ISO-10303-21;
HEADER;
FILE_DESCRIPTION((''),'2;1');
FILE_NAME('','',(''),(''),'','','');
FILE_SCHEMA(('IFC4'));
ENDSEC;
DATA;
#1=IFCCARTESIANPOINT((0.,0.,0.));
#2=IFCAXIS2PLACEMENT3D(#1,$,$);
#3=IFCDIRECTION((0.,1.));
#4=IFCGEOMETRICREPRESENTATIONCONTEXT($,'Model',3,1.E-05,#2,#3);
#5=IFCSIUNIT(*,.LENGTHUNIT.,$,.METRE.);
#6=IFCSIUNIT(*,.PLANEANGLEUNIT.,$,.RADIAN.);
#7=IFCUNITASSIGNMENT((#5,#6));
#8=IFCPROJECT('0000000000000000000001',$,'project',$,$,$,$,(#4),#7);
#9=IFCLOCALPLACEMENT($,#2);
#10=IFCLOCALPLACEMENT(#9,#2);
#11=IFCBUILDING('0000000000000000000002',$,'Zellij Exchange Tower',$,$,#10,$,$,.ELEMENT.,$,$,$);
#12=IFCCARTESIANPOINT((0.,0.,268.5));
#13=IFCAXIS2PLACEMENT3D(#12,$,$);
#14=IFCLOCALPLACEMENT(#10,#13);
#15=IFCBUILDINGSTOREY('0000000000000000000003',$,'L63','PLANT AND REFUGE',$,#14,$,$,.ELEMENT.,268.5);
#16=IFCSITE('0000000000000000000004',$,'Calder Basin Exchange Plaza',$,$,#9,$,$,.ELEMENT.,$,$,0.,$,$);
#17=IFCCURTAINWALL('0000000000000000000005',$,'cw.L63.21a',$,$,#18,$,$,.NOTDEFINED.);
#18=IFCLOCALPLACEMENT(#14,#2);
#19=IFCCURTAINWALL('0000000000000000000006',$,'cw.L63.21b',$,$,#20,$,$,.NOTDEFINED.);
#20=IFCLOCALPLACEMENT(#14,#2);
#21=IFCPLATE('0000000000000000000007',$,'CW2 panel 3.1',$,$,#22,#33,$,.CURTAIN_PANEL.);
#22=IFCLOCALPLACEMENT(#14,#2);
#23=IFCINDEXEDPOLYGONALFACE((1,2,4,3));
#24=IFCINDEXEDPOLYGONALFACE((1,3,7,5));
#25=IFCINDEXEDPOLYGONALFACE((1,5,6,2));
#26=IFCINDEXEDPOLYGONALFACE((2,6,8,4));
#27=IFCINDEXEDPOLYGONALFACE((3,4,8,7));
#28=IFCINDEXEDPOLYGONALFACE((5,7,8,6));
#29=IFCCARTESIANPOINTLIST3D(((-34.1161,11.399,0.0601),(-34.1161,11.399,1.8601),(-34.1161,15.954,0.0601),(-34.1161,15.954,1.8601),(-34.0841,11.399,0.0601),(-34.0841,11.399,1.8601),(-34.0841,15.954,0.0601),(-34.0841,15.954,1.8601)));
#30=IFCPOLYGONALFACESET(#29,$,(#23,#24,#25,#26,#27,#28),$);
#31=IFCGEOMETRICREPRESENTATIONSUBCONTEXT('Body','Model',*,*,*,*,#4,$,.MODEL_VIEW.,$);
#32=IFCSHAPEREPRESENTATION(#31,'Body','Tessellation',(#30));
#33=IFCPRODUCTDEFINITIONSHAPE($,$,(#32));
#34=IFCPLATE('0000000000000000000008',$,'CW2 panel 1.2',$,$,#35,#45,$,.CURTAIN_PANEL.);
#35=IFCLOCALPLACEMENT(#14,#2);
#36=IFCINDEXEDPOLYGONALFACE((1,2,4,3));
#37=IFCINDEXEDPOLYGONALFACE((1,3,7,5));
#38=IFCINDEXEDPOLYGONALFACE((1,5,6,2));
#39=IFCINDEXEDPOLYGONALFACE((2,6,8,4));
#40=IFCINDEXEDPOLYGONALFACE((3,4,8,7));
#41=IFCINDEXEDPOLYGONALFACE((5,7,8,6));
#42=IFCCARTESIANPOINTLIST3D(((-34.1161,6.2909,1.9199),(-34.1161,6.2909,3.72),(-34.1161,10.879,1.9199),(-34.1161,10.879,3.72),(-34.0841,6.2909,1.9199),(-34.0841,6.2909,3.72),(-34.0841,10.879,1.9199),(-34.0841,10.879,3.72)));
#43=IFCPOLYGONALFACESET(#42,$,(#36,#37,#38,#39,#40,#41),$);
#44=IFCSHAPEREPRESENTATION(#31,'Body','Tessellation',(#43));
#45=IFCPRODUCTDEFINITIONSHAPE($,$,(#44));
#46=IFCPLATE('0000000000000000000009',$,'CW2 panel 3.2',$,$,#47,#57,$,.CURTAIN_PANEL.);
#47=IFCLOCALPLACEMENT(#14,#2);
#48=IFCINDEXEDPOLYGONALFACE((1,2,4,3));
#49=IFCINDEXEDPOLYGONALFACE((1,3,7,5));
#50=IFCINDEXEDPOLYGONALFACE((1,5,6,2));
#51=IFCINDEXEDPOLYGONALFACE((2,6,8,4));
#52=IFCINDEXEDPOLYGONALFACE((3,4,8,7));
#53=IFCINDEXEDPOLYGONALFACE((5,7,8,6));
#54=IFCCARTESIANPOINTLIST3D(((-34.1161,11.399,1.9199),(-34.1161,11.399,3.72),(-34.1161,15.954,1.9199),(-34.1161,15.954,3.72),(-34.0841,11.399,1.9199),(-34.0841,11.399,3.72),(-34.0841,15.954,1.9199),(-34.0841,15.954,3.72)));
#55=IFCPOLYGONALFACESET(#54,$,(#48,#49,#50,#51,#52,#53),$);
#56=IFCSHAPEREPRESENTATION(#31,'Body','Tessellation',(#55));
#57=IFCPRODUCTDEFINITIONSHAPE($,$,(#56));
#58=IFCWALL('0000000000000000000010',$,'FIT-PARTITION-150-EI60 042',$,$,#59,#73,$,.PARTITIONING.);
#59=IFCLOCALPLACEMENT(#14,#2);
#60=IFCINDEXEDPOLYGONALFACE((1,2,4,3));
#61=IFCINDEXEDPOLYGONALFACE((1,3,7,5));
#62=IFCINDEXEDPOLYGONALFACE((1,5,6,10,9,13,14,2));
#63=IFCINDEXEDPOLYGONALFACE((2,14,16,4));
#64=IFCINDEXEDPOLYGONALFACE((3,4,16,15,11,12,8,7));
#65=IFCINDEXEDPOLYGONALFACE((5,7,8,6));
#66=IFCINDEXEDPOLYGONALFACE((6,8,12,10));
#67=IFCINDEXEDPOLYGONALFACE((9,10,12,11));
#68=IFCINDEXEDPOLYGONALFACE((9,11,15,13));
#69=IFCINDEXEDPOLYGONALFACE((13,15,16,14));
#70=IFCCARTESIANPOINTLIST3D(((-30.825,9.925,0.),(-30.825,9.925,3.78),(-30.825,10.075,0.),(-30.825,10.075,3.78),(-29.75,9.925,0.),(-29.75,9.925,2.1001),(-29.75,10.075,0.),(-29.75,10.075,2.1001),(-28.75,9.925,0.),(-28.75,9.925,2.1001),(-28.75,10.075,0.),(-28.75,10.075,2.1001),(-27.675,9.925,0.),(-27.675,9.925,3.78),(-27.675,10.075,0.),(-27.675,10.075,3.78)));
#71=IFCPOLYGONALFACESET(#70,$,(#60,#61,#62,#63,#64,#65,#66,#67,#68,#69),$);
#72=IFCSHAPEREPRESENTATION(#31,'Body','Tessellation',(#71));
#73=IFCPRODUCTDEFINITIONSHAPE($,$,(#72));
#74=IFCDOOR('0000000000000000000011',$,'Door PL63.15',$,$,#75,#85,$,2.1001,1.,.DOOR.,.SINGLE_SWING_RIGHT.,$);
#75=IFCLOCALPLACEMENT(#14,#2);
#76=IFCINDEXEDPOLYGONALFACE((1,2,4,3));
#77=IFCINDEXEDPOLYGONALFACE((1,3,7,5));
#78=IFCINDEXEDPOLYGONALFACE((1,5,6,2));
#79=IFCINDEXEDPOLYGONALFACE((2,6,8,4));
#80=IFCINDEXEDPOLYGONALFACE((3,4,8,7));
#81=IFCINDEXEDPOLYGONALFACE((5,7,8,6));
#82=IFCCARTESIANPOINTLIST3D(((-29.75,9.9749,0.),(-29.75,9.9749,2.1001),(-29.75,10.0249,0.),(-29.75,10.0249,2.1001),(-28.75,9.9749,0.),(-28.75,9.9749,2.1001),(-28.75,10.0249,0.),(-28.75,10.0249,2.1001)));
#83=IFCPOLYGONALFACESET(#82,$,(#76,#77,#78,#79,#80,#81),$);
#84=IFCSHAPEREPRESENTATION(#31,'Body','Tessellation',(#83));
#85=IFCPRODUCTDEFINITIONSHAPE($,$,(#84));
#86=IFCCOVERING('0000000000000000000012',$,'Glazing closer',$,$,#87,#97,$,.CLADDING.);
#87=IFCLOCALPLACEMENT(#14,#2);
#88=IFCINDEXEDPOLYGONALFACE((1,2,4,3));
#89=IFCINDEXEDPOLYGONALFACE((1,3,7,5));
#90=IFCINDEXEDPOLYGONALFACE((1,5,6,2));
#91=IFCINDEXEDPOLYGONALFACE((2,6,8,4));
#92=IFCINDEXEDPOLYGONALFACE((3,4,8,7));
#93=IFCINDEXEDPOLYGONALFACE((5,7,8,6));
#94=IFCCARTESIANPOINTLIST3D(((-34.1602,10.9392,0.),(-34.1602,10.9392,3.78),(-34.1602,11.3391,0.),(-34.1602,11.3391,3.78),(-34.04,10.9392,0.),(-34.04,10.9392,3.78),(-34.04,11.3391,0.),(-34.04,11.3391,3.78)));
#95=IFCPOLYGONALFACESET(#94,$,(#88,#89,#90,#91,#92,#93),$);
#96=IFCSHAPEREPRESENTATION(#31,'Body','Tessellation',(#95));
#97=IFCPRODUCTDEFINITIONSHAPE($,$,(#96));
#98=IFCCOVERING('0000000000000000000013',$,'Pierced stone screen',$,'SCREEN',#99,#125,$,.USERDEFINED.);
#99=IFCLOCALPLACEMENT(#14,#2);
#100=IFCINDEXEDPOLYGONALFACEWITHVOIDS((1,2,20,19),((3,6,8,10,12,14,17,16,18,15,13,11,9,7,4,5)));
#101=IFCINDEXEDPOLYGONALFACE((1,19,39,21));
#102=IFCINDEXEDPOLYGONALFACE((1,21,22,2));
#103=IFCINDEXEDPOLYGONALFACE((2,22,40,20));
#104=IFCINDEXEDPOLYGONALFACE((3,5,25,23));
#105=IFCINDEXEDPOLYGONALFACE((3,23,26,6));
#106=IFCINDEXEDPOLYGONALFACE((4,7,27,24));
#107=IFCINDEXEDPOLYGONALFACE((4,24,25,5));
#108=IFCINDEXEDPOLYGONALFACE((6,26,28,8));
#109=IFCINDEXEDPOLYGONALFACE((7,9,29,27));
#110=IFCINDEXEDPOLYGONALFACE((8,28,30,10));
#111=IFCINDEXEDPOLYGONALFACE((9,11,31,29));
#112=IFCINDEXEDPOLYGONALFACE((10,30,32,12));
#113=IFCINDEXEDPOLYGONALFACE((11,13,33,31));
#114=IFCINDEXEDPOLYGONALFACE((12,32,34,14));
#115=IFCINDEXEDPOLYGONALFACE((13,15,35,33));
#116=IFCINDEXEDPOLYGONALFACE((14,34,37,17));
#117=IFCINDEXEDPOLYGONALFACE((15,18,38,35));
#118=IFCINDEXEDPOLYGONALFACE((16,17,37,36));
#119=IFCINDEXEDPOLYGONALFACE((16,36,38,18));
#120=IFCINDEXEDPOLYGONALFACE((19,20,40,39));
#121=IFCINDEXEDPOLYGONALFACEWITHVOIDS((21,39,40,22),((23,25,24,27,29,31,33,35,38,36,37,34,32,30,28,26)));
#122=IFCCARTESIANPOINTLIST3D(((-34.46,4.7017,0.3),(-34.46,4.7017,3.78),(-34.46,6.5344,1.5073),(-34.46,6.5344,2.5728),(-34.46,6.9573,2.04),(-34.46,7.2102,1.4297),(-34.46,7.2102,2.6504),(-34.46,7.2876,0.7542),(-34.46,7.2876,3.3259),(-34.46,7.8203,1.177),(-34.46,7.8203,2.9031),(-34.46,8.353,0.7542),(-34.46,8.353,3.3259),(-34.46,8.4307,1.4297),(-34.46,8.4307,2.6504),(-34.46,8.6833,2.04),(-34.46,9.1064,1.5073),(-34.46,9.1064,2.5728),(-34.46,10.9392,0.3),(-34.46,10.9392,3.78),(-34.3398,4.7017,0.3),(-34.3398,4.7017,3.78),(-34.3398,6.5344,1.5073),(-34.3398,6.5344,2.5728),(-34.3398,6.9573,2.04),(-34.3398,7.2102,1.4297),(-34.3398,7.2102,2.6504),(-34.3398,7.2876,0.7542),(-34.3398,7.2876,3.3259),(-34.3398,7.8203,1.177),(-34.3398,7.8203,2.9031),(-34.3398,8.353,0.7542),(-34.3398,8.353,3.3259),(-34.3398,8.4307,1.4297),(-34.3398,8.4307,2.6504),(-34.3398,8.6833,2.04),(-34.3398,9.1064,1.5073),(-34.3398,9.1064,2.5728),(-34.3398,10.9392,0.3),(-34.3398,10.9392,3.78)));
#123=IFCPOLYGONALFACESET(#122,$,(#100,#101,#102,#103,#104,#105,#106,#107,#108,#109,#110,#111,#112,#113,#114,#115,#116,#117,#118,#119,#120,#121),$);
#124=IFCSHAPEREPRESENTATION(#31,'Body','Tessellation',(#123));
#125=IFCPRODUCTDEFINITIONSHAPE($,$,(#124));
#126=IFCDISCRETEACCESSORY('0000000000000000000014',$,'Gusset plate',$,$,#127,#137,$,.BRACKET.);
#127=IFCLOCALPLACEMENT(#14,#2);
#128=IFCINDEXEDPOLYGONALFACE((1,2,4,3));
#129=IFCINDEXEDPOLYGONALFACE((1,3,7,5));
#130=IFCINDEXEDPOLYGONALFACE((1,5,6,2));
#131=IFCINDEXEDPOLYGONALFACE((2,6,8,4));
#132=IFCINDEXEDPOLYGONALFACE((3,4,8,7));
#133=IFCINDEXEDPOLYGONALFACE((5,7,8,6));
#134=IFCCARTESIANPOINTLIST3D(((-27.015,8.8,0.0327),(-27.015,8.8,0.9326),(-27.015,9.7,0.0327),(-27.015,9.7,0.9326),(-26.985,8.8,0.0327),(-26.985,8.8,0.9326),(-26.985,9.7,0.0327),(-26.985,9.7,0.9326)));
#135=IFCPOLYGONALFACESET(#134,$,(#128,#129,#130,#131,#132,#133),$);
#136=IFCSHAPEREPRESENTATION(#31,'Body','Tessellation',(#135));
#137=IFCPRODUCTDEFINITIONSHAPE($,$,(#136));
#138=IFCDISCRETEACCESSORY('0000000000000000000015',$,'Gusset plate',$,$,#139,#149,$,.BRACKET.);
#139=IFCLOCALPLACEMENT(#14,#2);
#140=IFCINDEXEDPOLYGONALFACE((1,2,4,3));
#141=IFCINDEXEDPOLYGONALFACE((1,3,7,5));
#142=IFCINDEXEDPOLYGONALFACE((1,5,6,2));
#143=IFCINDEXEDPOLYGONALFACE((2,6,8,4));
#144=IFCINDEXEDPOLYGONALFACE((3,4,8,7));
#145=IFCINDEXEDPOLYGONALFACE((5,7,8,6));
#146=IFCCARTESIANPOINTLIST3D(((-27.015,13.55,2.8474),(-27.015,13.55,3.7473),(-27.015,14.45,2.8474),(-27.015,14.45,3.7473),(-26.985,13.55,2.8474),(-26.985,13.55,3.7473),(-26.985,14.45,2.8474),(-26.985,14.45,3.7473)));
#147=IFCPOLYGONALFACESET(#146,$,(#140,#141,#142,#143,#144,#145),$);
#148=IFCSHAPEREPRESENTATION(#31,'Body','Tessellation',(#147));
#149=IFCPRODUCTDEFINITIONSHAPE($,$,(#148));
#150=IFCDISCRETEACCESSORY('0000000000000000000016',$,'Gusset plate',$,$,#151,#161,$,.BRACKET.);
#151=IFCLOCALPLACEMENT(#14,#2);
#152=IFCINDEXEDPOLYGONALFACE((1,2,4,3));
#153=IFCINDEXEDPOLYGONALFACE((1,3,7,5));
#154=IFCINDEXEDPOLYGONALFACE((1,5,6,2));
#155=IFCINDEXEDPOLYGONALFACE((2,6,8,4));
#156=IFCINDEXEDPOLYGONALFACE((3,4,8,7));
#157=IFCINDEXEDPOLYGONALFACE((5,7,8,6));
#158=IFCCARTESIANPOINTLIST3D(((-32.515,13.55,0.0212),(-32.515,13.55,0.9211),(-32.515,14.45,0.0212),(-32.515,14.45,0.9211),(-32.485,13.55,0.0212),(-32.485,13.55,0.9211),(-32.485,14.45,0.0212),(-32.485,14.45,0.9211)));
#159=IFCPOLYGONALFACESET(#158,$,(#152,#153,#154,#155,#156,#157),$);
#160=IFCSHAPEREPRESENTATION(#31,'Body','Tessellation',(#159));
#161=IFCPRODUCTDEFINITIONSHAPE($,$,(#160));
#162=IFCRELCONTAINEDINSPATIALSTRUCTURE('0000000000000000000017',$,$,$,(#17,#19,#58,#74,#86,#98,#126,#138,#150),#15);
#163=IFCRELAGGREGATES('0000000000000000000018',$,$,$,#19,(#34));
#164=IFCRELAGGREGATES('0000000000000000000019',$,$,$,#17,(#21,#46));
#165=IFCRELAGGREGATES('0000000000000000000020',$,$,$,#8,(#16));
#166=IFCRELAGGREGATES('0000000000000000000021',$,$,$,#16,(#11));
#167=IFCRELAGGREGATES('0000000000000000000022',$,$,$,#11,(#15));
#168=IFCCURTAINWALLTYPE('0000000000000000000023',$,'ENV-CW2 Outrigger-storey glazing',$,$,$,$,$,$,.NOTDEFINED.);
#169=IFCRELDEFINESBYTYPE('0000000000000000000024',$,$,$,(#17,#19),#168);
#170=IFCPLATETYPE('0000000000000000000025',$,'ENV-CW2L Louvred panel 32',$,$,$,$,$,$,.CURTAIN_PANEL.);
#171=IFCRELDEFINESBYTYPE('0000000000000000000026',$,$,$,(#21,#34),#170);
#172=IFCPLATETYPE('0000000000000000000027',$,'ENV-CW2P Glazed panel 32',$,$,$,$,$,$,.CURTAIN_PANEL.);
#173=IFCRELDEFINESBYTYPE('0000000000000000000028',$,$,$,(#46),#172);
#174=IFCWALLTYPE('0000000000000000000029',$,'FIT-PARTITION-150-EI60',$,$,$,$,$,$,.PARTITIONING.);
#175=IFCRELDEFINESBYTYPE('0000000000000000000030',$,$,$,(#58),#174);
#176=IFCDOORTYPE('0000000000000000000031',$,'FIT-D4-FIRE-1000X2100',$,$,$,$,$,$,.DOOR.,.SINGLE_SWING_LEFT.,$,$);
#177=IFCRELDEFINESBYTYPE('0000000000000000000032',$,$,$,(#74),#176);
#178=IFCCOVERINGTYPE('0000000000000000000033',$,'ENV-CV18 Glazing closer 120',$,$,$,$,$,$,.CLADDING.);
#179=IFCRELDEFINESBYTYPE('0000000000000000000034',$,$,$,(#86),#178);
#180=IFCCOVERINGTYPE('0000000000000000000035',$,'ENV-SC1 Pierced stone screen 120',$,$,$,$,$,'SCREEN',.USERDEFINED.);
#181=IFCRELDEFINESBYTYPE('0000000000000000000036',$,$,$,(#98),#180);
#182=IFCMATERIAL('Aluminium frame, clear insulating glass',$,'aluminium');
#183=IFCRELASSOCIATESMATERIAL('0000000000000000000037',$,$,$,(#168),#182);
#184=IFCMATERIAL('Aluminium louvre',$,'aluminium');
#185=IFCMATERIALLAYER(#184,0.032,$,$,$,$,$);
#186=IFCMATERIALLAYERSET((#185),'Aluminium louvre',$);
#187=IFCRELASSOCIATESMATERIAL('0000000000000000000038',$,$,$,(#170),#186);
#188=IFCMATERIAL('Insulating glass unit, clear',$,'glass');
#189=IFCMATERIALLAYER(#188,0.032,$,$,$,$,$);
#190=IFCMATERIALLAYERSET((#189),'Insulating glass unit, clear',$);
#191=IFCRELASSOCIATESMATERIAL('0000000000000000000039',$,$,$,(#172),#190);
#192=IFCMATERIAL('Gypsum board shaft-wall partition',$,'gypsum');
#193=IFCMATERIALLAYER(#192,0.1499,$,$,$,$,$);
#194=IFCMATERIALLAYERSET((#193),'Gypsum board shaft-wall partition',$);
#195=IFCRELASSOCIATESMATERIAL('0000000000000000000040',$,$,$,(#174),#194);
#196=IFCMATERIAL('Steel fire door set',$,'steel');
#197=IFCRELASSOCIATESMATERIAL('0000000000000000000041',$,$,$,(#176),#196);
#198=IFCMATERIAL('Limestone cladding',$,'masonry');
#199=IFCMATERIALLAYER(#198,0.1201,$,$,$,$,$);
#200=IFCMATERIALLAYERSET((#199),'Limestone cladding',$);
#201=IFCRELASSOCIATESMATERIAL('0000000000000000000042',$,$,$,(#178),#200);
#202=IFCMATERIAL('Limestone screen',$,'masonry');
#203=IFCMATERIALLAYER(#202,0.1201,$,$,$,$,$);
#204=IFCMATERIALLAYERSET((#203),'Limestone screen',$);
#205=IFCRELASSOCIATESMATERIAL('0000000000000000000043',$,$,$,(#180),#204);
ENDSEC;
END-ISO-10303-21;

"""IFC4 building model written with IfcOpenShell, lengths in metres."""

from ifc_helpers import new_model, si_unit, direction, frame, frame_2d, origin, origin_2d, place, context, subcontext, project, spatial, polyline, rectangle, outline, extrude, material, layer, layer_set, type_object, element, fill, aggregate, save


model = new_model("IFC4")

# Units and contexts
model_context = context("Model", 3, precision=1e-05, world=origin(), true_north=direction((0.0, 1.0)))
body_context = subcontext(model_context, "Body", "Model", "MODEL_VIEW")
ifc_project = project(units=[si_unit("LENGTHUNIT", "METRE"), si_unit("PLANEANGLEUNIT", "RADIAN")], contexts=[model_context])

# Site, building, storey
site_placement = place(None, origin())
site = spatial("IfcSite", under=ifc_project, at=site_placement, Name="Calder Basin Exchange Plaza", CompositionType="ELEMENT", RefElevation=0.0)
building_placement = place(site_placement, origin())
building = spatial("IfcBuilding", under=site, at=building_placement, Name="Zellij Exchange Tower", CompositionType="ELEMENT")
storey_placement = place(building_placement, frame((0.0, 0.0, 268.5)))
storey = spatial("IfcBuildingStorey", under=building, at=storey_placement, Name="L63", Description="PLANT AND REFUGE", CompositionType="ELEMENT", Elevation=268.5)

# Curtain wall
ifc_material_1 = material(Name="Aluminium frame, clear insulating glass", Category="aluminium")
curtain_wall_type = type_object("IfcCurtainWallType", Name="ENV-CW2 Outrigger-storey glazing", PredefinedType="NOTDEFINED", material=ifc_material_1)
curtain_wall_1_placement = place(storey_placement, origin())
curtain_wall_1 = element("IfcCurtainWall", 1, at=curtain_wall_1_placement, inside=storey, type_object=curtain_wall_type, Name="cw.L63.21a", PredefinedType="NOTDEFINED")

# Curtain wall
curtain_wall_2_placement = place(storey_placement, origin())
curtain_wall_2 = element("IfcCurtainWall", 2, at=curtain_wall_2_placement, inside=storey, type_object=curtain_wall_type, Name="cw.L63.21b", PredefinedType="NOTDEFINED")

# Plates
ifc_material_2 = material(Name="Aluminium louvre", Category="aluminium")
ifc_layer_1 = layer(ifc_material_2, 0.032)
ifc_layer_set_1 = layer_set([ifc_layer_1], Name="Aluminium louvre")
plate_type_1 = type_object("IfcPlateType", Name="ENV-CW2L Louvred panel 32", PredefinedType="CURTAIN_PANEL", material=ifc_layer_set_1)
plate_1_placement = place(storey_placement, frame((-34.1001, 13.6765, 0.0601), z_axis=(0.0, 0.0, 1.0), x_axis=(0.0, -1.0, 0.0)))
plate_1 = element("IfcPlate", 3, at=plate_1_placement, type_object=plate_type_1, Name="CW2 panel 3.1", PredefinedType="CURTAIN_PANEL", context=body_context, shape_type="SweptSolid", body=[
    extrude(rectangle(XDim=4.5549, YDim=0.032, at=origin_2d()), origin(), (0.0, 0.0, 1.0), 1.8),
])
plate_2_placement = place(storey_placement, frame((-34.1001, 8.585, 1.9199), z_axis=(0.0, 0.0, 1.0), x_axis=(0.0, -1.0, 0.0)))
plate_2 = element("IfcPlate", 4, at=plate_2_placement, type_object=plate_type_1, Name="CW2 panel 1.2", PredefinedType="CURTAIN_PANEL", context=body_context, shape_type="SweptSolid", body=[
    extrude(rectangle(XDim=4.5881, YDim=0.032, at=origin_2d()), origin(), (0.0, 0.0, 1.0), 1.8),
])
aggregate(curtain_wall_2, [plate_2])
ifc_material_3 = material(Name="Insulating glass unit, clear", Category="glass")
ifc_layer_2 = layer(ifc_material_3, 0.032)
ifc_layer_set_2 = layer_set([ifc_layer_2], Name="Insulating glass unit, clear")
plate_type_2 = type_object("IfcPlateType", Name="ENV-CW2P Glazed panel 32", PredefinedType="CURTAIN_PANEL", material=ifc_layer_set_2)
plate_3_placement = place(storey_placement, frame((-34.1001, 13.6765, 1.9199), z_axis=(0.0, 0.0, 1.0), x_axis=(0.0, -1.0, 0.0)))
plate_3 = element("IfcPlate", 5, at=plate_3_placement, type_object=plate_type_2, Name="CW2 panel 3.2", PredefinedType="CURTAIN_PANEL", context=body_context, shape_type="SweptSolid", body=[
    extrude(rectangle(XDim=4.5549, YDim=0.032, at=origin_2d()), origin(), (0.0, 0.0, 1.0), 1.8),
])
aggregate(curtain_wall_1, [plate_1, plate_3])

# Wall, opening, door
ifc_material_4 = material(Name="Gypsum board shaft-wall partition", Category="gypsum")
ifc_layer_3 = layer(ifc_material_4, 0.1499)
ifc_layer_set_3 = layer_set([ifc_layer_3], Name="Gypsum board shaft-wall partition")
wall_type = type_object("IfcWallType", Name="FIT-PARTITION-150-EI60", PredefinedType="PARTITIONING", material=ifc_layer_set_3)
wall_placement = place(storey_placement, frame((-30.825, 10.0, 0.0), z_axis=(0.0, 0.0, 1.0), x_axis=(1.0, 0.0, 0.0)))
wall = element("IfcWall", 6, at=wall_placement, inside=storey, type_object=wall_type, Name="FIT-PARTITION-150-EI60 042", PredefinedType="PARTITIONING", context=body_context, shape_type="SweptSolid", body=[
    extrude(rectangle(XDim=3.1499, YDim=0.1499, at=frame_2d((1.575, 0.0))), origin(), (0.0, 0.0, 1.0), 3.78),
])
opening_placement = place(wall_placement, frame((1.075, 0.0, 0.0)))
opening = element("IfcOpeningElement", 7, at=opening_placement, cuts=wall, PredefinedType="OPENING", context=body_context, shape_type="SweptSolid", body=[
    extrude(rectangle(XDim=1.0, YDim=2.1001, at=frame_2d((0.5, 1.05))), frame((0.0, 0.0869, 0.0), z_axis=(0.0, -1.0, 0.0), x_axis=(1.0, 0.0, 0.0)), (0.0, 0.0, 1.0), 0.1738),
])
ifc_material_5 = material(Name="Steel fire door set", Category="steel")
door_type = type_object("IfcDoorType", Name="FIT-D4-FIRE-1000X2100", OperationType="SINGLE_SWING_LEFT", PredefinedType="DOOR", material=ifc_material_5)
door_placement = place(opening_placement, origin())
door = element("IfcDoor", 8, at=door_placement, inside=storey, type_object=door_type, Name="Door PL63.15", OperationType="SINGLE_SWING_RIGHT", OverallHeight=2.1001, OverallWidth=1.0, PredefinedType="DOOR", context=body_context, shape_type="SweptSolid", body=[
    extrude(rectangle(XDim=1.0, YDim=2.1001, at=frame_2d((0.5, 1.05))), frame((0.0, 0.0249, 0.0), z_axis=(0.0, -1.0, 0.0), x_axis=(1.0, 0.0, 0.0)), (0.0, 0.0, 1.0), 0.05),
])
fill(opening, door)

# Coverings
ifc_material_6 = material(Name="Limestone cladding", Category="masonry")
ifc_layer_4 = layer(ifc_material_6, 0.1201)
ifc_layer_set_4 = layer_set([ifc_layer_4], Name="Limestone cladding")
covering_type_1 = type_object("IfcCoveringType", Name="ENV-CV18 Glazing closer 120", PredefinedType="CLADDING", material=ifc_layer_set_4)
covering_1_placement = place(storey_placement, frame((-34.1001, 11.1392, 0.0), z_axis=(0.0, 0.0, 1.0), x_axis=(0.0, -1.0, 0.0)))
element("IfcCovering", 9, at=covering_1_placement, inside=storey, type_object=covering_type_1, Name="Glazing closer", PredefinedType="CLADDING", context=body_context, shape_type="SweptSolid", body=[
    extrude(rectangle(XDim=0.3999, YDim=0.1201, at=origin_2d()), origin(), (0.0, 0.0, 1.0), 3.78),
])
ifc_material_7 = material(Name="Limestone screen", Category="masonry")
ifc_layer_5 = layer(ifc_material_7, 0.1201)
ifc_layer_set_5 = layer_set([ifc_layer_5], Name="Limestone screen")
covering_type_2 = type_object("IfcCoveringType", Name="ENV-SC1 Pierced stone screen 120", ElementType="SCREEN", PredefinedType="USERDEFINED", material=ifc_layer_set_5)
covering_2_placement = place(storey_placement, frame((-34.3999, 10.9392, 0.3), z_axis=(0.0, 0.0, 1.0), x_axis=(0.0, -1.0, 0.0)))
element("IfcCovering", 10, at=covering_2_placement, inside=storey, type_object=covering_type_2, Name="Pierced stone screen", ObjectType="SCREEN", PredefinedType="USERDEFINED", context=body_context, shape_type="SweptSolid", body=[
    extrude(outline(polyline([(0.0, 0.0), (6.2375, 0.0), (6.2375, 3.48), (0.0, 3.48), (0.0, 0.0)]), holes=[polyline([(4.4048, 2.2727), (3.729, 2.3503), (3.6516, 3.0259), (3.1189, 2.603), (2.5862, 3.0259), (2.5085, 2.3503), (1.8328, 2.2727), (2.2559, 1.74), (1.8328, 1.2073), (2.5085, 1.1296), (2.5862, 0.4541), (3.1189, 0.877), (3.6516, 0.4541), (3.729, 1.1296), (4.4048, 1.2073), (3.9819, 1.74), (4.4048, 2.2727)])]), frame((0.0, 0.0601, 0.0), z_axis=(0.0, -1.0, 0.0), x_axis=(1.0, 0.0, 0.0)), (0.0, 0.0, 1.0), 0.1201),
])

# Discrete accessories
for number, where, z_axis, x_axis, name in (
    (11, (-27.0, 9.25, 0.0327), (0.0, 0.0, 1.0), (0.0, 1.0, 0.0), "Gusset plate"),
    (12, (-27.0, 14.0, 2.8474), (0.0, 0.0, 1.0), (0.0, 1.0, 0.0), "Gusset plate"),
    (13, (-32.5, 14.0, 0.0212), (0.0, 0.0, 1.0), (0.0, 1.0, 0.0), "Gusset plate"),
):
    element("IfcDiscreteAccessory", number, at=place(storey_placement, frame(where, z_axis=z_axis, x_axis=x_axis)), inside=storey, Name=name, PredefinedType="BRACKET", context=body_context, shape_type="SweptSolid", body=[
        extrude(rectangle(XDim=0.8999, YDim=0.03, at=origin_2d()), origin(), (0.0, 0.0, 1.0), 0.8999),
    ])

save(model, "model.ifc")
